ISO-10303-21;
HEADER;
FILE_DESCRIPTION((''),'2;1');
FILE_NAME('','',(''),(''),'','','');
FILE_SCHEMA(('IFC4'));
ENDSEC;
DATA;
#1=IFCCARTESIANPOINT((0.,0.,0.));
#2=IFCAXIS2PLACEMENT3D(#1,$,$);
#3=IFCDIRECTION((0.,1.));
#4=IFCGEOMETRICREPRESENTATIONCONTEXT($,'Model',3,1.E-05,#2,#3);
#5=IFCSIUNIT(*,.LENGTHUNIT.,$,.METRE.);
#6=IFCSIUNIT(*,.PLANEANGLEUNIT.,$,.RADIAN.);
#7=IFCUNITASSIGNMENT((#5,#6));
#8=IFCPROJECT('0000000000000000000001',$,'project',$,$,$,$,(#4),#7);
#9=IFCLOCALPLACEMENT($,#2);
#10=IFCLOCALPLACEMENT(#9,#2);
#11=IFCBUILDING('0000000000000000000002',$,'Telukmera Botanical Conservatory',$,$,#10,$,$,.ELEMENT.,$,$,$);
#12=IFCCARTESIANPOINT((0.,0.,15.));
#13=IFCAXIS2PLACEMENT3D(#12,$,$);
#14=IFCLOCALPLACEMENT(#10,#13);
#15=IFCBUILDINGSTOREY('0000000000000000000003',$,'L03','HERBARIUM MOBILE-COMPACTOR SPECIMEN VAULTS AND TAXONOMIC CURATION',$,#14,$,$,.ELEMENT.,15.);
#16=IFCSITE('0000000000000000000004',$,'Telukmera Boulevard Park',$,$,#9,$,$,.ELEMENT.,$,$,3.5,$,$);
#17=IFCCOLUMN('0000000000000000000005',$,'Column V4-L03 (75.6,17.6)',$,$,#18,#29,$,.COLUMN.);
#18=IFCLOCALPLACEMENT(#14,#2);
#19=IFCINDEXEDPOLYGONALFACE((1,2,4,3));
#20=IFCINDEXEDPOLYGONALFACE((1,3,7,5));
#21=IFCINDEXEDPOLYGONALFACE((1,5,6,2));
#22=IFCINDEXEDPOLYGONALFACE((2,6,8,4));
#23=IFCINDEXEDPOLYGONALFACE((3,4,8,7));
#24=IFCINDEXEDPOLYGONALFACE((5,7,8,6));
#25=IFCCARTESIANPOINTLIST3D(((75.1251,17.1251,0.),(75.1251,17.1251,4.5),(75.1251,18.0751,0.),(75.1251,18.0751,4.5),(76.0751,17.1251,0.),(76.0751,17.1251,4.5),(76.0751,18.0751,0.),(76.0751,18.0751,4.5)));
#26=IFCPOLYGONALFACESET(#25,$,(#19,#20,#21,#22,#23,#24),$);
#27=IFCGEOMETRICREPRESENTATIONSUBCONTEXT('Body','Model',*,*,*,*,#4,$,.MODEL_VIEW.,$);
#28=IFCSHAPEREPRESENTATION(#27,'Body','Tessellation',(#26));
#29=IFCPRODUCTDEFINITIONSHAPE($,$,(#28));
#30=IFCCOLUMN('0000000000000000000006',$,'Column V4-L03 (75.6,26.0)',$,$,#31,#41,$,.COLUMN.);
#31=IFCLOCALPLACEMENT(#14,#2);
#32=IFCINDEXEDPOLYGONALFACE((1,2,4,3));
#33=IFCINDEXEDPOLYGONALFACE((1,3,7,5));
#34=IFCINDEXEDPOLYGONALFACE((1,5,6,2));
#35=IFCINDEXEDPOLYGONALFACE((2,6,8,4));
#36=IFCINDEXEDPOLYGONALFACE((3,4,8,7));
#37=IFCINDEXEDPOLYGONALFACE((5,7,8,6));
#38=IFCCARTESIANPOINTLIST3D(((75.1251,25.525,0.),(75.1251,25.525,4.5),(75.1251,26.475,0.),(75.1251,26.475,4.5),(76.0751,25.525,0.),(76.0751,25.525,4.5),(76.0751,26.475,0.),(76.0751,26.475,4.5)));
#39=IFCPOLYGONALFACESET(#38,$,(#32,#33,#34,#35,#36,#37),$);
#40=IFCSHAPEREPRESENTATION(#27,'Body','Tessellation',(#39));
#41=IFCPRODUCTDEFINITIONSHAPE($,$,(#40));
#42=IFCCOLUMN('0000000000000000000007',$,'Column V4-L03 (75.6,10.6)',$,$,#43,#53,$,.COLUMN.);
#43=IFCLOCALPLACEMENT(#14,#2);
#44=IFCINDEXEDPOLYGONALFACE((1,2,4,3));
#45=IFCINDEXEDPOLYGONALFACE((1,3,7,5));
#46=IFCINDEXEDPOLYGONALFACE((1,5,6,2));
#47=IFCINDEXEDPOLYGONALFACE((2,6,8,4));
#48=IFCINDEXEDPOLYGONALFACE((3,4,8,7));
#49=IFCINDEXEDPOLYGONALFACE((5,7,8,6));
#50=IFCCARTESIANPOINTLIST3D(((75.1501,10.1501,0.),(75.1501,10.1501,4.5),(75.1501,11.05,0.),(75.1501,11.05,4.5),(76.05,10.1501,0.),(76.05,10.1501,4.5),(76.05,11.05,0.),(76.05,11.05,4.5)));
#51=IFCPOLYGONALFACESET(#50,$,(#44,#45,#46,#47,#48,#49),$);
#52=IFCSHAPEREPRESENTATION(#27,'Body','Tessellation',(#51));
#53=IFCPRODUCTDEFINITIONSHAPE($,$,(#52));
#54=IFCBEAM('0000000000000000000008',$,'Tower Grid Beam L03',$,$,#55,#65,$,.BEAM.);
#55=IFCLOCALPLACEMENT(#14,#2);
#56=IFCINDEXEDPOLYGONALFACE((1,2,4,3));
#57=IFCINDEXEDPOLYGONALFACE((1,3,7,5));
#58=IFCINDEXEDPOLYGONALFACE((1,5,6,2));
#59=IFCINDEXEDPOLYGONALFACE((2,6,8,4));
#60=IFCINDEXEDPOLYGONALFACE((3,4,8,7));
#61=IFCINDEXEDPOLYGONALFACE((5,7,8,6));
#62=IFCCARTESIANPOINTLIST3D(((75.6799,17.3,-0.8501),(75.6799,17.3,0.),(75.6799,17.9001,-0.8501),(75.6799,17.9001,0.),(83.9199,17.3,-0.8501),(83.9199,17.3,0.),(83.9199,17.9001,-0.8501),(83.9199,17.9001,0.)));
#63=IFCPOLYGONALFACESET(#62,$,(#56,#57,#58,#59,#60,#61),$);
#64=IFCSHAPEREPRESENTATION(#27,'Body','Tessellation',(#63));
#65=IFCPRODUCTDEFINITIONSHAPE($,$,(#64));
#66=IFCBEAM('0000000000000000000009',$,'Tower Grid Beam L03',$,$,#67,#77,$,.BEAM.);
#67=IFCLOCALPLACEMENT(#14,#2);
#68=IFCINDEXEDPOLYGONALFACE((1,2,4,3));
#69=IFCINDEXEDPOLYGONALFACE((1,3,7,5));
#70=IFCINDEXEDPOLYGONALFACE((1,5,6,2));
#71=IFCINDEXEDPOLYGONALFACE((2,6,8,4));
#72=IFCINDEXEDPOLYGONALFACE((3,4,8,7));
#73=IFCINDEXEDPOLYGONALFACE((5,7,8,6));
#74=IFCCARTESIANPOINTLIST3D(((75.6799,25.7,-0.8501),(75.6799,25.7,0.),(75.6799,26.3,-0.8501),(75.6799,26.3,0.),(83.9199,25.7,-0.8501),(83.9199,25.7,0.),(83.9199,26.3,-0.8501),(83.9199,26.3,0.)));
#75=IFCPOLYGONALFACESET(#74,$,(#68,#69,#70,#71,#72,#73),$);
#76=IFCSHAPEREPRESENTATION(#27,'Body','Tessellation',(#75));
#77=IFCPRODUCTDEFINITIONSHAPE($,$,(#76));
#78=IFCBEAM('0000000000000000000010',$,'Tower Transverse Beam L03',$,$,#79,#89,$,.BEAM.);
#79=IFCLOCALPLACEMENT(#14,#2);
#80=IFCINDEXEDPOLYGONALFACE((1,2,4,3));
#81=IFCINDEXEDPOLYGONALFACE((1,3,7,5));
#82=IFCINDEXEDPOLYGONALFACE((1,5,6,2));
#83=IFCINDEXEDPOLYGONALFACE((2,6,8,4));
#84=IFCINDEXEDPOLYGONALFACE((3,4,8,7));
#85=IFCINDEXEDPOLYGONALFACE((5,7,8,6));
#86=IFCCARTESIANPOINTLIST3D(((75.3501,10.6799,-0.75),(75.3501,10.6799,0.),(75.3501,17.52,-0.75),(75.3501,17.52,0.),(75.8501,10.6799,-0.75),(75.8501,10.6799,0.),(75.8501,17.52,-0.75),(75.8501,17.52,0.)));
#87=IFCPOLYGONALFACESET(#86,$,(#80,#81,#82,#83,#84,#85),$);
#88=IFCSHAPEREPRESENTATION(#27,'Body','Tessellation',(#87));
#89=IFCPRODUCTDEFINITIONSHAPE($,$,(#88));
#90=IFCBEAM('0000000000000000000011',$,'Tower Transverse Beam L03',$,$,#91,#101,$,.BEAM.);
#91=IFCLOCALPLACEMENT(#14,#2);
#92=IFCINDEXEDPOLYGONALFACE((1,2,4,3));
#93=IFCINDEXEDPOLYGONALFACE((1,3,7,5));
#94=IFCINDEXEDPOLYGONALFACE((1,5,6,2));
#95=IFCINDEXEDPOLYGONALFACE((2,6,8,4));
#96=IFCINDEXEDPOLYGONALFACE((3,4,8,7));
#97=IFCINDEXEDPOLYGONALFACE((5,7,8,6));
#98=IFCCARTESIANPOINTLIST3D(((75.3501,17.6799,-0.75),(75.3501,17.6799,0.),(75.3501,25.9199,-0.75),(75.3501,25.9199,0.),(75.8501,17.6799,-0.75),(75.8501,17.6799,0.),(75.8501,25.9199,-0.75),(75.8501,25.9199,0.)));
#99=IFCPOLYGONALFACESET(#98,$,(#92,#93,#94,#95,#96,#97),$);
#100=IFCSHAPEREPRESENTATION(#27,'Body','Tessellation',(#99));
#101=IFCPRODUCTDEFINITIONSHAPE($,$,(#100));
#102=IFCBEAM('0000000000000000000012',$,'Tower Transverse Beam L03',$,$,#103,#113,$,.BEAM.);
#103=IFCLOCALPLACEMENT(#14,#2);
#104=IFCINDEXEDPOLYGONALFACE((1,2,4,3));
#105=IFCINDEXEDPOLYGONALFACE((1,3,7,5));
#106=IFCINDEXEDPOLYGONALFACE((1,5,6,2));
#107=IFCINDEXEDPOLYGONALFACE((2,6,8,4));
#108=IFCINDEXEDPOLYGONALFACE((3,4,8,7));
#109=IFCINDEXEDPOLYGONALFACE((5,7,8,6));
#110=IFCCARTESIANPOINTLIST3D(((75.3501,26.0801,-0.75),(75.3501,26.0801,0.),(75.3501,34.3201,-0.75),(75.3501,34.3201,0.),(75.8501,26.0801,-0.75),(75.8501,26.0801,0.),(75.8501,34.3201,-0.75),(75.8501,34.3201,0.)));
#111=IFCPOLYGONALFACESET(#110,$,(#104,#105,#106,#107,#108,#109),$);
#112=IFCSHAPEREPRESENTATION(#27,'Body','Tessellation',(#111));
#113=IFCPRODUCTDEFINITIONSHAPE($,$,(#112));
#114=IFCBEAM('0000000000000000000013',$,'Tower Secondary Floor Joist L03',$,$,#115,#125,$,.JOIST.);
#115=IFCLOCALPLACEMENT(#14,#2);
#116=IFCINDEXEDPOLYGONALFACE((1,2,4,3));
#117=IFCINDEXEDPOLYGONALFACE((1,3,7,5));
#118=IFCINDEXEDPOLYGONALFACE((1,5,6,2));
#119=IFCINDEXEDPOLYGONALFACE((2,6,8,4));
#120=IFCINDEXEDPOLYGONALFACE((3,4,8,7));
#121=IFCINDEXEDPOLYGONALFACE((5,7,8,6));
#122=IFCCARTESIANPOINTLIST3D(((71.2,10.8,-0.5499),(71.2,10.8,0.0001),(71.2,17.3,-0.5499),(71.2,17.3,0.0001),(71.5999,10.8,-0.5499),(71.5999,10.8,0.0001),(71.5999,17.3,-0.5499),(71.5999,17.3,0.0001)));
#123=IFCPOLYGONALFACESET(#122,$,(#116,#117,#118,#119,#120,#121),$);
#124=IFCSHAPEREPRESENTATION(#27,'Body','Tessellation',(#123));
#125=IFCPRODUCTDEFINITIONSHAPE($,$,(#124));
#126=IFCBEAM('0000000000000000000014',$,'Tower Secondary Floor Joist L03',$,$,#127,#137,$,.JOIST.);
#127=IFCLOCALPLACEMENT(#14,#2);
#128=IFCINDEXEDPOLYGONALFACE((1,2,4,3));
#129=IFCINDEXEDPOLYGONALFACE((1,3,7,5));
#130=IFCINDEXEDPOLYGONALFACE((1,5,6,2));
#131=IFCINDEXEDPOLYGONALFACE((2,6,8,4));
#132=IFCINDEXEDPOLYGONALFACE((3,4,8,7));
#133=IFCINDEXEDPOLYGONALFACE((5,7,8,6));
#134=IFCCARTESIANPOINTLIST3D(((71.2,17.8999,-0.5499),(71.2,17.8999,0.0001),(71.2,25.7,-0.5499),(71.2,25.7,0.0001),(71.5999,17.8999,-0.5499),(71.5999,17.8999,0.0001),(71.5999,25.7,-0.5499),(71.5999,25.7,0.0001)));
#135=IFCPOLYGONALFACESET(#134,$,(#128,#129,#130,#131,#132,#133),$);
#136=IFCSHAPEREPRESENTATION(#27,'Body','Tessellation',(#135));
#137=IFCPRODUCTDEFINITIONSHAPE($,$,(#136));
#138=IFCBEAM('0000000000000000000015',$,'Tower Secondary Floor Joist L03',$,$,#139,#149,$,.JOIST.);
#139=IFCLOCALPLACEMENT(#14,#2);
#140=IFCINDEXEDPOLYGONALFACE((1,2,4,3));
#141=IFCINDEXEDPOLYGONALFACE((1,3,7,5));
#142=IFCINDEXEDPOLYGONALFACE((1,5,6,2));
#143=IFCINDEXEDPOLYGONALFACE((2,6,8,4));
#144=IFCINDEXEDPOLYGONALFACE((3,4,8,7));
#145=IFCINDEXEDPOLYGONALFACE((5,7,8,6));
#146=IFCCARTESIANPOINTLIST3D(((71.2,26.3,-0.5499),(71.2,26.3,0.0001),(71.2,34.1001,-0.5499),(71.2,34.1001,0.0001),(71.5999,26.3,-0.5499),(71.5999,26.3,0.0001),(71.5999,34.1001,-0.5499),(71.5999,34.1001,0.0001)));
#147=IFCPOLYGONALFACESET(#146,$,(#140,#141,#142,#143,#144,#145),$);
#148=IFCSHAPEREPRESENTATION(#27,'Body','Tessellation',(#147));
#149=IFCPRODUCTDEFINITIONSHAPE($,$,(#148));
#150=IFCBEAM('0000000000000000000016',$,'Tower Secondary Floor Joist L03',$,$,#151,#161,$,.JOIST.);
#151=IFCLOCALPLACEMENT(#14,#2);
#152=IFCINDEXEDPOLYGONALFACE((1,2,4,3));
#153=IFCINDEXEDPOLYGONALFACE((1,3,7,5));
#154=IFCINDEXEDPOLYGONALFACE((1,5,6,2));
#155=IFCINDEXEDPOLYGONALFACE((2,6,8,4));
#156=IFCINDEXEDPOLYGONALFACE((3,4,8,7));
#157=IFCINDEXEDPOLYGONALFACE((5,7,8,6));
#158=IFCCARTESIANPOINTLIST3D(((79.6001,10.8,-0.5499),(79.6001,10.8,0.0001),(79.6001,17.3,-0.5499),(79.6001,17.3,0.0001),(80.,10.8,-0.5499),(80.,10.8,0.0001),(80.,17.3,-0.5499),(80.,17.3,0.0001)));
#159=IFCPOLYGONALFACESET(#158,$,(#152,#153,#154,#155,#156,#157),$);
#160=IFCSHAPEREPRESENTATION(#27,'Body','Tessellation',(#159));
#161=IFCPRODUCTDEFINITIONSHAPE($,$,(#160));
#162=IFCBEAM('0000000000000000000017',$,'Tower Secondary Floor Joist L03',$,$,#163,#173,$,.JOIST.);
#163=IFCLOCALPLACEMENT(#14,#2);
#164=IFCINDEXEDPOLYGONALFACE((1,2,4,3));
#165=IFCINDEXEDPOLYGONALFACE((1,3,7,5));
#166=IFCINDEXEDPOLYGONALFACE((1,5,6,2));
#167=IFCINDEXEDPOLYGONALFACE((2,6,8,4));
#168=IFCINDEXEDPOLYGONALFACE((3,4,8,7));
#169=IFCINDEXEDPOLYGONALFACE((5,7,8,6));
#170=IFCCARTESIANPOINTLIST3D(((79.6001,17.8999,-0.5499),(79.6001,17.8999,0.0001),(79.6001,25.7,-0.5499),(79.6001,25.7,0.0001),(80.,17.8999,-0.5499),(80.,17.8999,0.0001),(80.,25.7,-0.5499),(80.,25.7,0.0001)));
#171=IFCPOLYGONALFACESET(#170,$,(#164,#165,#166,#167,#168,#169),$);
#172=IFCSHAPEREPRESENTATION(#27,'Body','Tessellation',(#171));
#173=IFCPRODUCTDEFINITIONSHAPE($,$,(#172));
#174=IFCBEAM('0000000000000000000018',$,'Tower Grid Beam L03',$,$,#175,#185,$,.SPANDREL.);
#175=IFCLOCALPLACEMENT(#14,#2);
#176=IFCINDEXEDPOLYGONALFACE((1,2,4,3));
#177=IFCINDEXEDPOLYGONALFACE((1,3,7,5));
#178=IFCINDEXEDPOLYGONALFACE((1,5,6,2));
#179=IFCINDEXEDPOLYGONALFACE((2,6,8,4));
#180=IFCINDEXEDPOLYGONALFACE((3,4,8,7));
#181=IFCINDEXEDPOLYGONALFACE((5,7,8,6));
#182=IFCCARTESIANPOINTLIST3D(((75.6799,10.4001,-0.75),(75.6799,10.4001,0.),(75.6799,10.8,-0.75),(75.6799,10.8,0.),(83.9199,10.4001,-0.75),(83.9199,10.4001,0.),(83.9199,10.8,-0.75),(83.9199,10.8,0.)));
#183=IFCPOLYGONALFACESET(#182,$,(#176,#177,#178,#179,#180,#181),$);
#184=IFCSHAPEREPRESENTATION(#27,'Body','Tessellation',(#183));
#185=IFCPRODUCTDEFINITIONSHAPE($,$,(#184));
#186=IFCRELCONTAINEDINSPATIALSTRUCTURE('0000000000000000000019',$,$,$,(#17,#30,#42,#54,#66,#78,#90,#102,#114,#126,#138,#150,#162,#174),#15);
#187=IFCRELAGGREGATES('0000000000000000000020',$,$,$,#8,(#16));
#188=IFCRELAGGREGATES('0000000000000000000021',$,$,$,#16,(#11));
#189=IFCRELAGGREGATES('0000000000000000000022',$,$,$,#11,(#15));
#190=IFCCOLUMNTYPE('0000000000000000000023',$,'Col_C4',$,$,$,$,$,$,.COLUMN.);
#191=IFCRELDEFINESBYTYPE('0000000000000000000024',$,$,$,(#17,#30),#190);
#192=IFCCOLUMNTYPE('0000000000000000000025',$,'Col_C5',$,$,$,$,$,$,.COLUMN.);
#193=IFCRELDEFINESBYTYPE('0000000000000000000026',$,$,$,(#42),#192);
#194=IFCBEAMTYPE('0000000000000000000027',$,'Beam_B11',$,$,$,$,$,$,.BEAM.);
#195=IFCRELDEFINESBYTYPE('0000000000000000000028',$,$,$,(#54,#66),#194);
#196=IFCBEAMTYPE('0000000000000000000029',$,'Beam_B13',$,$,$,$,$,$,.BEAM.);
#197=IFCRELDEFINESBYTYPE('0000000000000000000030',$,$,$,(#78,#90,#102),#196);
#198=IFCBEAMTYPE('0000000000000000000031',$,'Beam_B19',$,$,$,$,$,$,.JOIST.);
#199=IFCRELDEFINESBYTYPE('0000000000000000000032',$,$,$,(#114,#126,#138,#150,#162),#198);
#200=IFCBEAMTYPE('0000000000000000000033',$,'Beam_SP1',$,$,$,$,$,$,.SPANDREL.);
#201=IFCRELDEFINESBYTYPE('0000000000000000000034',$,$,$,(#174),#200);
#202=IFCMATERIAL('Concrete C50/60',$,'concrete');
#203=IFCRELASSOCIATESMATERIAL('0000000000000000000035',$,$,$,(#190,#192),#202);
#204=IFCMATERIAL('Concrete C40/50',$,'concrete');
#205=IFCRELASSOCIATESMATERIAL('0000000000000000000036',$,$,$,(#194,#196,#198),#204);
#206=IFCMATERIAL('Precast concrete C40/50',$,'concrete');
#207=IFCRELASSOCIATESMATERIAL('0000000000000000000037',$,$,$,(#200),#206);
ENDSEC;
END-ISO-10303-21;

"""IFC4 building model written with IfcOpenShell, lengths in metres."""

from ifc_helpers import new_model, si_unit, direction, frame, origin, origin_2d, place, context, subcontext, project, spatial, rectangle, extrude, material, material_profile, profile_set, type_object, element, save


model = new_model("IFC4")

# Units and contexts
model_context = context("Model", 3, precision=1e-05, world=origin(), true_north=direction((0.0, 1.0)))
body_context = subcontext(model_context, "Body", "Model", "MODEL_VIEW")
ifc_project = project(units=[si_unit("LENGTHUNIT", "METRE"), si_unit("PLANEANGLEUNIT", "RADIAN")], contexts=[model_context])

# Site, building, storey
site_placement = place(None, origin())
site = spatial("IfcSite", under=ifc_project, at=site_placement, Name="Telukmera Boulevard Park", CompositionType="ELEMENT", RefElevation=3.5)
building_placement = place(site_placement, origin())
building = spatial("IfcBuilding", under=site, at=building_placement, Name="Telukmera Botanical Conservatory", CompositionType="ELEMENT")
storey_placement = place(building_placement, frame((0.0, 0.0, 15.0)))
storey = spatial("IfcBuildingStorey", under=building, at=storey_placement, Name="L03", Description="HERBARIUM MOBILE-COMPACTOR SPECIMEN VAULTS AND TAXONOMIC CURATION", CompositionType="ELEMENT", Elevation=15.0)

# Columns
ifc_material_1 = material(Name="Concrete C50/60", Category="concrete")
ifc_material_profile_1 = material_profile(ifc_material_1, rectangle(XDim=0.95, YDim=0.95, at=origin_2d()), Name="RC 950x950")
ifc_profile_set_1 = profile_set([ifc_material_profile_1], Name="Concrete C50/60")
column_type_1 = type_object("IfcColumnType", Name="Col_C4", PredefinedType="COLUMN", material=ifc_profile_set_1)
for number, where, z_axis, x_axis, name in (
    (1, (75.6001, 17.6001, 0.0), (0.0, 0.0, 1.0), (1.0, 0.0, 0.0), "Column V4-L03 (75.6,17.6)"),
    (2, (75.6001, 26.0, 0.0), (0.0, 0.0, 1.0), (1.0, 0.0, 0.0), "Column V4-L03 (75.6,26.0)"),
):
    element("IfcColumn", number, at=place(storey_placement, frame(where, z_axis=z_axis, x_axis=x_axis)), inside=storey, type_object=column_type_1, Name=name, PredefinedType="COLUMN", context=body_context, shape_type="SweptSolid", body=[
        extrude(rectangle(XDim=0.95, YDim=0.95, at=origin_2d()), origin(), (0.0, 0.0, 1.0), 4.5),
    ])
ifc_material_profile_2 = material_profile(ifc_material_1, rectangle(XDim=0.8999, YDim=0.8999, at=origin_2d()), Name="RC 900x900")
ifc_profile_set_2 = profile_set([ifc_material_profile_2], Name="Concrete C50/60")
column_type_2 = type_object("IfcColumnType", Name="Col_C5", PredefinedType="COLUMN", material=ifc_profile_set_2)
column_placement = place(storey_placement, frame((75.6001, 10.6001, 0.0), z_axis=(0.0, 0.0, 1.0), x_axis=(1.0, 0.0, 0.0)))
element("IfcColumn", 3, at=column_placement, inside=storey, type_object=column_type_2, Name="Column V4-L03 (75.6,10.6)", PredefinedType="COLUMN", context=body_context, shape_type="SweptSolid", body=[
    extrude(rectangle(XDim=0.8999, YDim=0.8999, at=origin_2d()), origin(), (0.0, 0.0, 1.0), 4.5),
])

# Beams
ifc_material_2 = material(Name="Concrete C40/50", Category="concrete")
ifc_material_profile_3 = material_profile(ifc_material_2, rectangle(XDim=0.6001, YDim=0.8501, at=origin_2d()), Name="RC 600x850")
ifc_profile_set_3 = profile_set([ifc_material_profile_3], Name="Concrete C40/50")
beam_type_1 = type_object("IfcBeamType", Name="Beam_B11", PredefinedType="BEAM", material=ifc_profile_set_3)
for number, where, z_axis, x_axis, name in (
    (4, (75.6799, 17.6001, -0.425), (1.0, 0.0, 0.0), (0.0, 1.0, 0.0), "Tower Grid Beam L03"),
    (5, (75.6799, 26.0, -0.425), (1.0, 0.0, 0.0), (0.0, 1.0, 0.0), "Tower Grid Beam L03"),
):
    element("IfcBeam", number, at=place(storey_placement, frame(where, z_axis=z_axis, x_axis=x_axis)), inside=storey, type_object=beam_type_1, Name=name, PredefinedType="BEAM", context=body_context, shape_type="SweptSolid", body=[
        extrude(rectangle(XDim=0.6001, YDim=0.8501, at=origin_2d()), origin(), (0.0, 0.0, 1.0), 8.24),
    ])
ifc_material_profile_4 = material_profile(ifc_material_2, rectangle(XDim=0.5, YDim=0.75, at=origin_2d()), Name="RC 500x750")
ifc_profile_set_4 = profile_set([ifc_material_profile_4], Name="Concrete C40/50")
beam_type_2 = type_object("IfcBeamType", Name="Beam_B13", PredefinedType="BEAM", material=ifc_profile_set_4)
beam_1_placement = place(storey_placement, frame((75.6001, 10.6799, -0.375), z_axis=(0.0, 1.0, 0.0), x_axis=(-1.0, 0.0, 0.0)))
element("IfcBeam", 6, at=beam_1_placement, inside=storey, type_object=beam_type_2, Name="Tower Transverse Beam L03", PredefinedType="BEAM", context=body_context, shape_type="SweptSolid", body=[
    extrude(rectangle(XDim=0.5, YDim=0.75, at=origin_2d()), origin(), (0.0, 0.0, 1.0), 6.8401),
])
for number, where, z_axis, x_axis, name in (
    (7, (75.6001, 17.6799, -0.375), (0.0, 1.0, 0.0), (-1.0, 0.0, 0.0), "Tower Transverse Beam L03"),
    (8, (75.6001, 26.0801, -0.375), (0.0, 1.0, 0.0), (-1.0, 0.0, 0.0), "Tower Transverse Beam L03"),
):
    element("IfcBeam", number, at=place(storey_placement, frame(where, z_axis=z_axis, x_axis=x_axis)), inside=storey, type_object=beam_type_2, Name=name, PredefinedType="BEAM", context=body_context, shape_type="SweptSolid", body=[
        extrude(rectangle(XDim=0.5, YDim=0.75, at=origin_2d()), origin(), (0.0, 0.0, 1.0), 8.24),
    ])
ifc_material_profile_5 = material_profile(ifc_material_2, rectangle(XDim=0.3999, YDim=0.55, at=origin_2d()), Name="RC 400x550")
ifc_profile_set_5 = profile_set([ifc_material_profile_5], Name="Concrete C40/50")
beam_type_3 = type_object("IfcBeamType", Name="Beam_B19", PredefinedType="JOIST", material=ifc_profile_set_5)
beam_2_placement = place(storey_placement, frame((71.3999, 10.8, -0.2749), z_axis=(0.0, 1.0, 0.0), x_axis=(-1.0, 0.0, 0.0)))
element("IfcBeam", 9, at=beam_2_placement, inside=storey, type_object=beam_type_3, Name="Tower Secondary Floor Joist L03", PredefinedType="JOIST", context=body_context, shape_type="SweptSolid", body=[
    extrude(rectangle(XDim=0.3999, YDim=0.55, at=origin_2d()), origin(), (0.0, 0.0, 1.0), 6.5),
])
for number, where, z_axis, x_axis, name in (
    (10, (71.3999, 17.8999, -0.2749), (0.0, 1.0, 0.0), (-1.0, 0.0, 0.0), "Tower Secondary Floor Joist L03"),
    (11, (71.3999, 26.3, -0.2749), (0.0, 1.0, 0.0), (-1.0, 0.0, 0.0), "Tower Secondary Floor Joist L03"),
):
    element("IfcBeam", number, at=place(storey_placement, frame(where, z_axis=z_axis, x_axis=x_axis)), inside=storey, type_object=beam_type_3, Name=name, PredefinedType="JOIST", context=body_context, shape_type="SweptSolid", body=[
        extrude(rectangle(XDim=0.3999, YDim=0.55, at=origin_2d()), origin(), (0.0, 0.0, 1.0), 7.8),
    ])
beam_3_placement = place(storey_placement, frame((79.8, 10.8, -0.2749), z_axis=(0.0, 1.0, 0.0), x_axis=(-1.0, 0.0, 0.0)))
element("IfcBeam", 12, at=beam_3_placement, inside=storey, type_object=beam_type_3, Name="Tower Secondary Floor Joist L03", PredefinedType="JOIST", context=body_context, shape_type="SweptSolid", body=[
    extrude(rectangle(XDim=0.3999, YDim=0.55, at=origin_2d()), origin(), (0.0, 0.0, 1.0), 6.5),
])
beam_4_placement = place(storey_placement, frame((79.8, 17.8999, -0.2749), z_axis=(0.0, 1.0, 0.0), x_axis=(-1.0, 0.0, 0.0)))
element("IfcBeam", 13, at=beam_4_placement, inside=storey, type_object=beam_type_3, Name="Tower Secondary Floor Joist L03", PredefinedType="JOIST", context=body_context, shape_type="SweptSolid", body=[
    extrude(rectangle(XDim=0.3999, YDim=0.55, at=origin_2d()), origin(), (0.0, 0.0, 1.0), 7.8),
])
ifc_material_3 = material(Name="Precast concrete C40/50", Category="concrete")
ifc_material_profile_6 = material_profile(ifc_material_3, rectangle(XDim=0.3999, YDim=0.75, at=origin_2d()), Name="PC 400x750")
ifc_profile_set_6 = profile_set([ifc_material_profile_6], Name="Precast concrete C40/50")
beam_type_4 = type_object("IfcBeamType", Name="Beam_SP1", PredefinedType="SPANDREL", material=ifc_profile_set_6)
beam_5_placement = place(storey_placement, frame((75.6799, 10.6001, -0.375), z_axis=(1.0, 0.0, 0.0), x_axis=(0.0, 1.0, 0.0)))
element("IfcBeam", 14, at=beam_5_placement, inside=storey, type_object=beam_type_4, Name="Tower Grid Beam L03", PredefinedType="SPANDREL", context=body_context, shape_type="SweptSolid", body=[
    extrude(rectangle(XDim=0.3999, YDim=0.75, at=origin_2d()), origin(), (0.0, 0.0, 1.0), 8.24),
])

save(model, "model.ifc")
